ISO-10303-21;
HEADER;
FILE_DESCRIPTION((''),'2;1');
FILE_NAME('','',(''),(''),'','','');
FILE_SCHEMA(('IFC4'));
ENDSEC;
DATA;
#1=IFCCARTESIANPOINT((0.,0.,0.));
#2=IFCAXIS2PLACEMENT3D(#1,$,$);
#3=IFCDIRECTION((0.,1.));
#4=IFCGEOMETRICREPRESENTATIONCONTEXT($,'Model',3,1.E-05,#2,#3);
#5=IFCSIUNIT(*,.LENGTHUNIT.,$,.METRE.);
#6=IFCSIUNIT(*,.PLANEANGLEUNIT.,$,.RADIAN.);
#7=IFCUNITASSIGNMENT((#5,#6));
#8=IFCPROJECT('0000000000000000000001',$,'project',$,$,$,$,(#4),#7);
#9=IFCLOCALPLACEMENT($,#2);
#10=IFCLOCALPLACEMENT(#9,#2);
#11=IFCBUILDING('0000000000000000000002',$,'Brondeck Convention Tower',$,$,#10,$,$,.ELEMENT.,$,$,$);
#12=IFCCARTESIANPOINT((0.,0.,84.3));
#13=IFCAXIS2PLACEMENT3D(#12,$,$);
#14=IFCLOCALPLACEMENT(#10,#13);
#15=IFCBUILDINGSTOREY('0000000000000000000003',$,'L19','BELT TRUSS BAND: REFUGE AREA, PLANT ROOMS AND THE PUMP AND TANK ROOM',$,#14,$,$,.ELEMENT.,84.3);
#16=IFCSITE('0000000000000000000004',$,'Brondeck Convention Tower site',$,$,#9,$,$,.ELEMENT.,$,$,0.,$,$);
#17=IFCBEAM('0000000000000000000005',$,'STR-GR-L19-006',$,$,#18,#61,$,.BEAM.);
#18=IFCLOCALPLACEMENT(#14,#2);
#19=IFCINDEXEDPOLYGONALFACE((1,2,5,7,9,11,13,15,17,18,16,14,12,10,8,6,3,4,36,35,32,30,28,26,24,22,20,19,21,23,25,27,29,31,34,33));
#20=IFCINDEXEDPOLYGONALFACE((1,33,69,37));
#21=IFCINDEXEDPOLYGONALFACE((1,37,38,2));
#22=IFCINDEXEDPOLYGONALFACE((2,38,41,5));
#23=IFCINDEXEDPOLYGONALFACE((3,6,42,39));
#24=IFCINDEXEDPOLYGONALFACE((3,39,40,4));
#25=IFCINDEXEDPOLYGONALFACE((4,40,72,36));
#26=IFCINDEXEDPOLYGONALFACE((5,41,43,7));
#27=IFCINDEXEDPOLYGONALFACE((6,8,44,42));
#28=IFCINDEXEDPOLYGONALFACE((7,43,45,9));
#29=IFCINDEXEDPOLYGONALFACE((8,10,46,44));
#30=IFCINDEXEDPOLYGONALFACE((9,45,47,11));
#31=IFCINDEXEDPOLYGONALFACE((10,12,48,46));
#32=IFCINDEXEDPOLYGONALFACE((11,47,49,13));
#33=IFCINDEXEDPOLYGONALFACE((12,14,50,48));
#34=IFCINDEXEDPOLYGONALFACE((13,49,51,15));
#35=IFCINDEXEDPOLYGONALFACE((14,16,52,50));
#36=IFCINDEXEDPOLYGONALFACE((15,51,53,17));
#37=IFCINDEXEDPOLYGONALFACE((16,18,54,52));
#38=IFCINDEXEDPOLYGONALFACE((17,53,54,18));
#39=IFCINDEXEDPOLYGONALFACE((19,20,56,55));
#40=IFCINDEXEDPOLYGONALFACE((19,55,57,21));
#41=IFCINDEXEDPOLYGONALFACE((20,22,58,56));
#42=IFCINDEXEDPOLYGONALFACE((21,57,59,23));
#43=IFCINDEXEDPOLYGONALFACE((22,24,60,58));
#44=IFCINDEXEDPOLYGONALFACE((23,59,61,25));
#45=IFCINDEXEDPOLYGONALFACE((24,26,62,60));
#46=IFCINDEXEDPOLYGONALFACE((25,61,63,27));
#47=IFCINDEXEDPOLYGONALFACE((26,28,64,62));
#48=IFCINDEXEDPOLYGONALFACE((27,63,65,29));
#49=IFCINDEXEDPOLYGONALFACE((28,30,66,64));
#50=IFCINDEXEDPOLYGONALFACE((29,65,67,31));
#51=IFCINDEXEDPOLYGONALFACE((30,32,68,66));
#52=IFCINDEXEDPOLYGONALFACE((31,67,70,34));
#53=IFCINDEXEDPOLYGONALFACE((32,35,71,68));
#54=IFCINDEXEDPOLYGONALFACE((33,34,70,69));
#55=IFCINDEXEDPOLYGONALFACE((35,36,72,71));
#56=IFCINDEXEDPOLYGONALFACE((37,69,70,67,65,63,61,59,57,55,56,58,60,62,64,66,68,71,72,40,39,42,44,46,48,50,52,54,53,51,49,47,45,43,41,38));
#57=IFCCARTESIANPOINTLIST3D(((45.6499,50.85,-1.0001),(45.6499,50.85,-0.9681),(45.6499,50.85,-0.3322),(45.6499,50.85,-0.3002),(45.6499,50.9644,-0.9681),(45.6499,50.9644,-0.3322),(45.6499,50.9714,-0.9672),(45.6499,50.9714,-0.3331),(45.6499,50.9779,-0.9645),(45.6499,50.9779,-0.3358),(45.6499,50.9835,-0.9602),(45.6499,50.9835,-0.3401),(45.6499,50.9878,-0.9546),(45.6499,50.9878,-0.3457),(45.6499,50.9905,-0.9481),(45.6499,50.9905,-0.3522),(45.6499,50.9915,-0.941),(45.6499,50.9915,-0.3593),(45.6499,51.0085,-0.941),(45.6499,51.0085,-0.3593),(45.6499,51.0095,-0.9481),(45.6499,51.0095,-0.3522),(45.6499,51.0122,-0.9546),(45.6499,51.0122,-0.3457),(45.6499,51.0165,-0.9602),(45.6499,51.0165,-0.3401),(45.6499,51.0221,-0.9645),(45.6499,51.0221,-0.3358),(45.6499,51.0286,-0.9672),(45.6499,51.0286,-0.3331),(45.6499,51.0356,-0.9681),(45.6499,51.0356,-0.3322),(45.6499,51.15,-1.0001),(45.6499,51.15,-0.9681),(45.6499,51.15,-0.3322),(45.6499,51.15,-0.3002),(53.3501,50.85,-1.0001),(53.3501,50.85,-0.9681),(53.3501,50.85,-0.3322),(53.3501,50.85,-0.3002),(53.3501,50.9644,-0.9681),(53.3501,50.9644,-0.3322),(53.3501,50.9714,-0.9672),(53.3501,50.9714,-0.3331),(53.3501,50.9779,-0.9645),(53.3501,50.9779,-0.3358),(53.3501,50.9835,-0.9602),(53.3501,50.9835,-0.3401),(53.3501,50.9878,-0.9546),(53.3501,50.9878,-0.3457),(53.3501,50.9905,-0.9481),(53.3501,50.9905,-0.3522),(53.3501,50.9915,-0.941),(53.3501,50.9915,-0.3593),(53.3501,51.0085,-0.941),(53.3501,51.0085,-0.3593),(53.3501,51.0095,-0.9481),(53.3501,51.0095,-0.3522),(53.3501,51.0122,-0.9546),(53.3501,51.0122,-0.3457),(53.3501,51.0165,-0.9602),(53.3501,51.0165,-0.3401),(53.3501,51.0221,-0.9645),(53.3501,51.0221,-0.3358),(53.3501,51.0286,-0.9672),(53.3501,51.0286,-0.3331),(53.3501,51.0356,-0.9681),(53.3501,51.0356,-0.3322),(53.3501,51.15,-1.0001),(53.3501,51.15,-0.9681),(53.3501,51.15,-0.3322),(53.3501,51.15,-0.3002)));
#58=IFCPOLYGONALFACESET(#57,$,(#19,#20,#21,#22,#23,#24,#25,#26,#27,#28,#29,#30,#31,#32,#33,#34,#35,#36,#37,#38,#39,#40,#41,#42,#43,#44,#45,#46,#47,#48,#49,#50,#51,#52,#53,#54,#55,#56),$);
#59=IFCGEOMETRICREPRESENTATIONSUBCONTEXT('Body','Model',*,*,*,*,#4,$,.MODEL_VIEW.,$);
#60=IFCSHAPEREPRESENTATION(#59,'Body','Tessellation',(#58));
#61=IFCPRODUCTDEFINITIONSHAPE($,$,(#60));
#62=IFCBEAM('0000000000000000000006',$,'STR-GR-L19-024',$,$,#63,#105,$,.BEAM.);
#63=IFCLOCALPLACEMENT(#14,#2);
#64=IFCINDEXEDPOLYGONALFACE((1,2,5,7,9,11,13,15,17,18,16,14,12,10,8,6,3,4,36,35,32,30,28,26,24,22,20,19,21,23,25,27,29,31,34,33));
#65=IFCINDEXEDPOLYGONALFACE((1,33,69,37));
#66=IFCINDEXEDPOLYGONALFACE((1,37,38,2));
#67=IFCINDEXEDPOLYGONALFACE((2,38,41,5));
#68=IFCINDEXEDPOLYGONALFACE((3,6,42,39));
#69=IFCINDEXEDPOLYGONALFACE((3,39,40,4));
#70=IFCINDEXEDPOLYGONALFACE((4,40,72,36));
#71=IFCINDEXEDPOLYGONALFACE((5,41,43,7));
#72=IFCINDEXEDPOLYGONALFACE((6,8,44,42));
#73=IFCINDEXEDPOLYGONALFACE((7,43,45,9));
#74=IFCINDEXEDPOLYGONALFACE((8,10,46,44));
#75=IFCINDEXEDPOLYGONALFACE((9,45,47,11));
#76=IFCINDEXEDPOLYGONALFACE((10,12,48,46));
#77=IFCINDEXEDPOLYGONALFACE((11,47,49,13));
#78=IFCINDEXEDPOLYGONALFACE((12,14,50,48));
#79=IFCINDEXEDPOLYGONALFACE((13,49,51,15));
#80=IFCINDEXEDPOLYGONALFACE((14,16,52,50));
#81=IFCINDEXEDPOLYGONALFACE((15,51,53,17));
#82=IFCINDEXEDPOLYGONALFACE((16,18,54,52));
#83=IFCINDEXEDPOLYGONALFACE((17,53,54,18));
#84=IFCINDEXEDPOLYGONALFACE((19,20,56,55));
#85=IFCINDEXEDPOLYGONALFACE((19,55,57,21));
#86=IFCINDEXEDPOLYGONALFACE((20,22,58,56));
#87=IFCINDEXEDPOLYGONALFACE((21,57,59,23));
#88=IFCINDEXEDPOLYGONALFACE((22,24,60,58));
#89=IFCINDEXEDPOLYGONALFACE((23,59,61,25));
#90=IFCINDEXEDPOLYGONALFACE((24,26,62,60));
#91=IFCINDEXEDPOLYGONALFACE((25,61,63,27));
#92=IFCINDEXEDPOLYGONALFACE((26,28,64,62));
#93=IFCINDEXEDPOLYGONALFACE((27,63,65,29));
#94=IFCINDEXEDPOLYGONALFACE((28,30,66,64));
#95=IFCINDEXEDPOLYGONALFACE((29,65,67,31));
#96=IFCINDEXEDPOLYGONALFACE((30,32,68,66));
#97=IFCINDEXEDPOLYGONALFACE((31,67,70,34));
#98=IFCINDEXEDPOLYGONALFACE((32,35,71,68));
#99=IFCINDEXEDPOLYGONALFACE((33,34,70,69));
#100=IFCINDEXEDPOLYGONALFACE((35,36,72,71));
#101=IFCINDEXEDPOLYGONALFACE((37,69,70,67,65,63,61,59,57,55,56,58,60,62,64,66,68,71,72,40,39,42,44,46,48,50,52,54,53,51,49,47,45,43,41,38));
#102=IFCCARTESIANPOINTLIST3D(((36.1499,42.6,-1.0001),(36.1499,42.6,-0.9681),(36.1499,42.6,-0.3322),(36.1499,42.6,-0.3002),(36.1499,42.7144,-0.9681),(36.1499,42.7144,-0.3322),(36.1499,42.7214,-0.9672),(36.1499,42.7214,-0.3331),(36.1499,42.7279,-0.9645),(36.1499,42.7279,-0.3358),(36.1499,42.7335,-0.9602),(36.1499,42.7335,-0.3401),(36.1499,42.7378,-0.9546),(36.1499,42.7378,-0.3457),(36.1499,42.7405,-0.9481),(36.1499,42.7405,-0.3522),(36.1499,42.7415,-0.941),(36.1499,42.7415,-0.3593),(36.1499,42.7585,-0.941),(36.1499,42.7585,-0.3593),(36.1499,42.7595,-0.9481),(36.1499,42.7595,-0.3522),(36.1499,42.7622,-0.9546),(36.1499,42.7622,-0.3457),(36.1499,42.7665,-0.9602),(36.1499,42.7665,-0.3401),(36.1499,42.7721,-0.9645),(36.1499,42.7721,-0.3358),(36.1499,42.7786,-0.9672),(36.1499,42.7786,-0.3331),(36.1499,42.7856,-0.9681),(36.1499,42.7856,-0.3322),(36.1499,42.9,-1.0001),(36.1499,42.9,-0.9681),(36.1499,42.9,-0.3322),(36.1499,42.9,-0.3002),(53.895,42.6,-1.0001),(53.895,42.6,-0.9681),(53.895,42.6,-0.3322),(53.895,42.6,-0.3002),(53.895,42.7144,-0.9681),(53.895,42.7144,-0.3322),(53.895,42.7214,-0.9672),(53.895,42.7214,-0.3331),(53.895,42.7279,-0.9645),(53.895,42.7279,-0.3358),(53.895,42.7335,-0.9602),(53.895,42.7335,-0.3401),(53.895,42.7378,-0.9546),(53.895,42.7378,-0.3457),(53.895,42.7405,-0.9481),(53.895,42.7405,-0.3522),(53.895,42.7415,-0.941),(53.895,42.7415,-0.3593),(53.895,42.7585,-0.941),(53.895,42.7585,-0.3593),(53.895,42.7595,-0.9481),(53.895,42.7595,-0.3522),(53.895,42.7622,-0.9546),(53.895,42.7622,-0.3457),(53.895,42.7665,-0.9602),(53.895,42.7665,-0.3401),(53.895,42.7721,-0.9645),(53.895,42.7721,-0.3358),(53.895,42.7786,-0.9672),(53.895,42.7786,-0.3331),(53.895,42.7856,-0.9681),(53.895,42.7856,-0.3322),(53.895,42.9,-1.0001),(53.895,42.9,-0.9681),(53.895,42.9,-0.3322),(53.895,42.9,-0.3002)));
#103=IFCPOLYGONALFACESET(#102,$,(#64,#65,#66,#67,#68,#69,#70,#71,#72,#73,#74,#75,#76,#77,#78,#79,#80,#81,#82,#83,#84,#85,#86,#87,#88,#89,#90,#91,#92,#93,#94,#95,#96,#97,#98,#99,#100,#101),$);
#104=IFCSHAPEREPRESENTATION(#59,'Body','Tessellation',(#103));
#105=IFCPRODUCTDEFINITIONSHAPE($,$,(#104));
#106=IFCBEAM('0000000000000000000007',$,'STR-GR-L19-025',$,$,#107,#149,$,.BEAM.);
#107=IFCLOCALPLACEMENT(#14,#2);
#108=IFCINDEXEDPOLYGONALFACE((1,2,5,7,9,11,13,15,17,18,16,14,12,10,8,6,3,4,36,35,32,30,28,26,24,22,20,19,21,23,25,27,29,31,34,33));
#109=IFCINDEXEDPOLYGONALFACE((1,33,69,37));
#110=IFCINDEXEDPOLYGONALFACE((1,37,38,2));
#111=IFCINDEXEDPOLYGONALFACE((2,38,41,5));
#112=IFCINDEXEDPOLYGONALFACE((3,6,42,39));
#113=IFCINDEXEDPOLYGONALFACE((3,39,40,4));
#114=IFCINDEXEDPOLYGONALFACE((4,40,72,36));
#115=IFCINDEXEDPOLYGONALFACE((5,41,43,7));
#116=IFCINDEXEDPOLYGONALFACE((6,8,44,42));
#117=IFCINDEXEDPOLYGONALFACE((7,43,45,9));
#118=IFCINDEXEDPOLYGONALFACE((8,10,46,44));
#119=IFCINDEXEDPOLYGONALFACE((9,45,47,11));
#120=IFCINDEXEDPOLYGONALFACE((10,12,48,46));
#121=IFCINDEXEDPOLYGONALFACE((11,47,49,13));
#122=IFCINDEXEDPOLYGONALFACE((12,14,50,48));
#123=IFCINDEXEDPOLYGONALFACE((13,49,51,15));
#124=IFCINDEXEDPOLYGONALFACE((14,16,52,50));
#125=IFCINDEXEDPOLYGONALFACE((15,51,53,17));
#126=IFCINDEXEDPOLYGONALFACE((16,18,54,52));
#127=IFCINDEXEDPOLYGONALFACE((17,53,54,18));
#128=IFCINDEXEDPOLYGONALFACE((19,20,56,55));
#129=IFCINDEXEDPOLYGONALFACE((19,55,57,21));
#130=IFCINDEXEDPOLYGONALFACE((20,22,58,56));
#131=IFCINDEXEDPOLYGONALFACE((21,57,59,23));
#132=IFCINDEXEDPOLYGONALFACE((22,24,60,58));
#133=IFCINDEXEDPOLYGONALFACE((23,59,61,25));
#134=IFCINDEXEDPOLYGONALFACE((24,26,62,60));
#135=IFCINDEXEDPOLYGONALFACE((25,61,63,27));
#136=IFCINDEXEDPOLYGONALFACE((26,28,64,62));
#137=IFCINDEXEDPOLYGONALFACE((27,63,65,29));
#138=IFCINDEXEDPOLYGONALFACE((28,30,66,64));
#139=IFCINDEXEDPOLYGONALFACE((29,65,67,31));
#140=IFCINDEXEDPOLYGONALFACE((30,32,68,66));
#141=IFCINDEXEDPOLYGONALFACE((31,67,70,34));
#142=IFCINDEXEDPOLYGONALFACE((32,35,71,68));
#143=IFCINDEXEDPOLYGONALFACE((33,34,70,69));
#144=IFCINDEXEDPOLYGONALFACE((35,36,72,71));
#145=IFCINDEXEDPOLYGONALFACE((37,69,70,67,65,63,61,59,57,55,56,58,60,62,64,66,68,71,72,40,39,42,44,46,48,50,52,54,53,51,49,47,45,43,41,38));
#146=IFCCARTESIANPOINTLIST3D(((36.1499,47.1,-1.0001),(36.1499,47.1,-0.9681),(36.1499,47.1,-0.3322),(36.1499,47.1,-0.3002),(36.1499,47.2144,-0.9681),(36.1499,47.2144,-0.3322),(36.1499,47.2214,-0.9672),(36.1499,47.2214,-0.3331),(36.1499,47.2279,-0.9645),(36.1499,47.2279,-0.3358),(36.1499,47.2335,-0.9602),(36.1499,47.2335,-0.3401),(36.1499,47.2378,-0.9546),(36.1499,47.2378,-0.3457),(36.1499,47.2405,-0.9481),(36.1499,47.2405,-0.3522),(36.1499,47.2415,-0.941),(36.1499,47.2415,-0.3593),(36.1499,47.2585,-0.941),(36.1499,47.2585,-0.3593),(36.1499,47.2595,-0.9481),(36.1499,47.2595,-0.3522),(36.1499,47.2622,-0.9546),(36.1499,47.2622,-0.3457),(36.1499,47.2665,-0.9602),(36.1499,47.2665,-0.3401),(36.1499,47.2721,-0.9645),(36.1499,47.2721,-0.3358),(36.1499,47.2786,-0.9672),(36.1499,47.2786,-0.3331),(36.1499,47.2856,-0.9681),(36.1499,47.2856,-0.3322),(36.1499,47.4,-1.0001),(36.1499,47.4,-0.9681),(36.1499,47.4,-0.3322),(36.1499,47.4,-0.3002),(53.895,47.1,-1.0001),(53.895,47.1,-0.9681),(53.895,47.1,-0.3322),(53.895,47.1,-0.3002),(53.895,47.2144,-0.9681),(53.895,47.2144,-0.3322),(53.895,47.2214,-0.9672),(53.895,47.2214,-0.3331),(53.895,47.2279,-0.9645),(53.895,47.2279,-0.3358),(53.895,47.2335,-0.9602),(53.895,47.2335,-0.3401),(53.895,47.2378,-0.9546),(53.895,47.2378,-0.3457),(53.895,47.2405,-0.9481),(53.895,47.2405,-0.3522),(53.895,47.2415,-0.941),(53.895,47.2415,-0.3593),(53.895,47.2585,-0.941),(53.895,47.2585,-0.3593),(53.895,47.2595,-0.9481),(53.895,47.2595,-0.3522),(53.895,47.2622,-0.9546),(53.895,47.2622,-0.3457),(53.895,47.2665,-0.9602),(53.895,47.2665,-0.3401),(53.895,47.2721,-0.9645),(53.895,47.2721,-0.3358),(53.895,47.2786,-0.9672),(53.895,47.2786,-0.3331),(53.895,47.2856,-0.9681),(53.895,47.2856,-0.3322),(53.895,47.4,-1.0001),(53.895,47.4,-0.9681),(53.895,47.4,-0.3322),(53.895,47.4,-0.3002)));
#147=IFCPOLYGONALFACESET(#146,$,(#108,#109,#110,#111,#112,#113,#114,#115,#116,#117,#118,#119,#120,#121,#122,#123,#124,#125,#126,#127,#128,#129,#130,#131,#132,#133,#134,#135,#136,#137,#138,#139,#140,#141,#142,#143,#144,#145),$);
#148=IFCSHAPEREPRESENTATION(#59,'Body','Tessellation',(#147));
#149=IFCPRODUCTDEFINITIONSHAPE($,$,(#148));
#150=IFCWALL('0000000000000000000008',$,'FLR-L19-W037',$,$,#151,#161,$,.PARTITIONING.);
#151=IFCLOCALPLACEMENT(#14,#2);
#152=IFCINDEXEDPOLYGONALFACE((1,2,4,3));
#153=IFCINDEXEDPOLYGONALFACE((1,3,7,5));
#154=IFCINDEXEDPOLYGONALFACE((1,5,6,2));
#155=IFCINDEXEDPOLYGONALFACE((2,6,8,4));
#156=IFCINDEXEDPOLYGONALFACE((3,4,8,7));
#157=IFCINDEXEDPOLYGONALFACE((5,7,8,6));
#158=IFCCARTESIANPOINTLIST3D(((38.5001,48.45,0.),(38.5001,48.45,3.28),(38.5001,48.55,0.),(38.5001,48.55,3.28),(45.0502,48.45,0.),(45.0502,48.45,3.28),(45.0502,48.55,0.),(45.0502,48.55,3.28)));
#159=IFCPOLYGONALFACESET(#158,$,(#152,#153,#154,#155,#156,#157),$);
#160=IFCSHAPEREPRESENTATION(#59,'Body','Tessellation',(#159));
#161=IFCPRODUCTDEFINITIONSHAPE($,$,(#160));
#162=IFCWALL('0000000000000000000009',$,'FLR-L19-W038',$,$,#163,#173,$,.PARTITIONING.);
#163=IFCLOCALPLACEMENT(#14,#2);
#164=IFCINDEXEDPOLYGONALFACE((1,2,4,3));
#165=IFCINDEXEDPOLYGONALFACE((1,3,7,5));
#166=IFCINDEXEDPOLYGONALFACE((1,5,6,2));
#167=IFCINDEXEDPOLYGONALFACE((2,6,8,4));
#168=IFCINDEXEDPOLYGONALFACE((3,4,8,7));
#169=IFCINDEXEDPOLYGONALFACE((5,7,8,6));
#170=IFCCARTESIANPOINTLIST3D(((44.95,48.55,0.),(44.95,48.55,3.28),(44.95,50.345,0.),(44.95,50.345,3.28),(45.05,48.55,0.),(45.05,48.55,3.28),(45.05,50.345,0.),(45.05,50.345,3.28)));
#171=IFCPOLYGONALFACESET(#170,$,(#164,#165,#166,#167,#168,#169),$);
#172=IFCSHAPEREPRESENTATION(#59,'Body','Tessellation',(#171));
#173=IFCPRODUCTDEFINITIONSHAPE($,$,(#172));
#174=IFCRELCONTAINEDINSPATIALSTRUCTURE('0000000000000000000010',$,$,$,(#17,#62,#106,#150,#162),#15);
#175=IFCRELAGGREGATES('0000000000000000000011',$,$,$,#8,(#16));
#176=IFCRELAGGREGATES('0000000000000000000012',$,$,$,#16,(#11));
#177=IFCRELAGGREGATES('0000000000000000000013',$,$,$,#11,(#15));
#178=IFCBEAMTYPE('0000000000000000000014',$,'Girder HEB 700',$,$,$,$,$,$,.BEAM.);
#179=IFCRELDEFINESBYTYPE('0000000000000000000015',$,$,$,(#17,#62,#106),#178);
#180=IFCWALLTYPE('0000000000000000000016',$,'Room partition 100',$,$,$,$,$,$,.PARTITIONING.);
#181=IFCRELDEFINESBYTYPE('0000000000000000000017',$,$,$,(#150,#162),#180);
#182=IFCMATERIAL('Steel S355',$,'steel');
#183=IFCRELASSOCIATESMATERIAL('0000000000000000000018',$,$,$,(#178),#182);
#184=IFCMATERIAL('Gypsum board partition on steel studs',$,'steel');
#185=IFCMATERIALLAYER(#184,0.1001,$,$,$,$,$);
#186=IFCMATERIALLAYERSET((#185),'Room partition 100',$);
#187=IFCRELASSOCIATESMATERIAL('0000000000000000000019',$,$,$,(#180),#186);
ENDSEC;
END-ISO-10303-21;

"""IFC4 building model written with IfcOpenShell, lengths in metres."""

from ifc_helpers import new_model, si_unit, direction, frame, frame_2d, origin, origin_2d, place, context, subcontext, project, spatial, rectangle, i_section, extrude, material, layer, layer_set, material_profile, profile_set, type_object, element, save


model = new_model("IFC4")

# Units and contexts
model_context = context("Model", 3, precision=1e-05, world=origin(), true_north=direction((0.0, 1.0)))
body_context = subcontext(model_context, "Body", "Model", "MODEL_VIEW")
ifc_project = project(units=[si_unit("LENGTHUNIT", "METRE"), si_unit("PLANEANGLEUNIT", "RADIAN")], contexts=[model_context])

# Site, building, storey
site_placement = place(None, origin())
site = spatial("IfcSite", under=ifc_project, at=site_placement, Name="Brondeck Convention Tower site", CompositionType="ELEMENT", RefElevation=0.0)
building_placement = place(site_placement, origin())
building = spatial("IfcBuilding", under=site, at=building_placement, Name="Brondeck Convention Tower", CompositionType="ELEMENT")
storey_placement = place(building_placement, frame((0.0, 0.0, 84.3)))
storey = spatial("IfcBuildingStorey", under=building, at=storey_placement, Name="L19", Description="BELT TRUSS BAND: REFUGE AREA, PLANT ROOMS AND THE PUMP AND TANK ROOM", CompositionType="ELEMENT", Elevation=84.3)

# Beams
ifc_material_1 = material(Name="Steel S355", Category="steel")
ifc_material_profile_1 = material_profile(ifc_material_1, i_section(OverallWidth=0.3, OverallDepth=0.7, WebThickness=0.0171, FlangeThickness=0.032, FilletRadius=0.0271, at=origin_2d()), Name="HEB 700")
ifc_profile_set_1 = profile_set([ifc_material_profile_1], Name="Steel S355")
beam_type_1 = type_object("IfcBeamType", Name="Girder HEB 700", PredefinedType="BEAM", material=ifc_profile_set_1)
for number, where, z_axis, x_axis, name in (
    (1, (45.6499, 51.0, -0.6501), (1.0, 0.0, 0.0), (0.0, 1.0, 0.0), "STR-GR-L19-006"),
):
    element("IfcBeam", number, at=place(storey_placement, frame(where, z_axis=z_axis, x_axis=x_axis)), inside=storey, type_object=beam_type_1, Name=name, PredefinedType="BEAM", context=body_context, shape_type="SweptSolid", body=[
        extrude(i_section(OverallWidth=0.3, OverallDepth=0.7, WebThickness=0.0171, FlangeThickness=0.032, FilletRadius=0.0271, at=origin_2d()), origin(), (0.0, 0.0, 1.0), 7.7002),
    ])
for number, where, z_axis, x_axis, name in (
    (2, (36.1499, 42.75, -0.6501), (1.0, 0.0, 0.0), (0.0, 1.0, 0.0), "STR-GR-L19-024"),
    (3, (36.1499, 47.25, -0.6501), (1.0, 0.0, 0.0), (0.0, 1.0, 0.0), "STR-GR-L19-025"),
):
    element("IfcBeam", number, at=place(storey_placement, frame(where, z_axis=z_axis, x_axis=x_axis)), inside=storey, type_object=beam_type_1, Name=name, PredefinedType="BEAM", context=body_context, shape_type="SweptSolid", body=[
        extrude(i_section(OverallWidth=0.3, OverallDepth=0.7, WebThickness=0.0171, FlangeThickness=0.032, FilletRadius=0.0271, at=origin_2d()), origin(), (0.0, 0.0, 1.0), 17.7451),
    ])

# Walls
ifc_material_2 = material(Name="Gypsum board partition on steel studs", Category="steel")
ifc_layer_1 = layer(ifc_material_2, 0.1001)
ifc_layer_set_1 = layer_set([ifc_layer_1], Name="Room partition 100")
wall_type_1 = type_object("IfcWallType", Name="Room partition 100", PredefinedType="PARTITIONING", material=ifc_layer_set_1)
wall_1_placement = place(storey_placement, frame((45.05, 48.5, 0.0), z_axis=(0.0, 0.0, 1.0), x_axis=(-1.0, 0.0, 0.0)))
element("IfcWall", 4, at=wall_1_placement, inside=storey, type_object=wall_type_1, Name="FLR-L19-W037", PredefinedType="PARTITIONING", context=body_context, shape_type="SweptSolid", body=[
    extrude(rectangle(XDim=6.55, YDim=0.1001, at=frame_2d((3.2749, 0.0))), origin(), (0.0, 0.0, 1.0), 3.28),
])
wall_2_placement = place(storey_placement, frame((45.0, 50.345, 0.0), z_axis=(0.0, 0.0, 1.0), x_axis=(0.0, -1.0, 0.0)))
element("IfcWall", 5, at=wall_2_placement, inside=storey, type_object=wall_type_1, Name="FLR-L19-W038", PredefinedType="PARTITIONING", context=body_context, shape_type="SweptSolid", body=[
    extrude(rectangle(XDim=1.7949, YDim=0.1001, at=frame_2d((0.8975, 0.0))), origin(), (0.0, 0.0, 1.0), 3.28),
])

save(model, "model.ifc")
